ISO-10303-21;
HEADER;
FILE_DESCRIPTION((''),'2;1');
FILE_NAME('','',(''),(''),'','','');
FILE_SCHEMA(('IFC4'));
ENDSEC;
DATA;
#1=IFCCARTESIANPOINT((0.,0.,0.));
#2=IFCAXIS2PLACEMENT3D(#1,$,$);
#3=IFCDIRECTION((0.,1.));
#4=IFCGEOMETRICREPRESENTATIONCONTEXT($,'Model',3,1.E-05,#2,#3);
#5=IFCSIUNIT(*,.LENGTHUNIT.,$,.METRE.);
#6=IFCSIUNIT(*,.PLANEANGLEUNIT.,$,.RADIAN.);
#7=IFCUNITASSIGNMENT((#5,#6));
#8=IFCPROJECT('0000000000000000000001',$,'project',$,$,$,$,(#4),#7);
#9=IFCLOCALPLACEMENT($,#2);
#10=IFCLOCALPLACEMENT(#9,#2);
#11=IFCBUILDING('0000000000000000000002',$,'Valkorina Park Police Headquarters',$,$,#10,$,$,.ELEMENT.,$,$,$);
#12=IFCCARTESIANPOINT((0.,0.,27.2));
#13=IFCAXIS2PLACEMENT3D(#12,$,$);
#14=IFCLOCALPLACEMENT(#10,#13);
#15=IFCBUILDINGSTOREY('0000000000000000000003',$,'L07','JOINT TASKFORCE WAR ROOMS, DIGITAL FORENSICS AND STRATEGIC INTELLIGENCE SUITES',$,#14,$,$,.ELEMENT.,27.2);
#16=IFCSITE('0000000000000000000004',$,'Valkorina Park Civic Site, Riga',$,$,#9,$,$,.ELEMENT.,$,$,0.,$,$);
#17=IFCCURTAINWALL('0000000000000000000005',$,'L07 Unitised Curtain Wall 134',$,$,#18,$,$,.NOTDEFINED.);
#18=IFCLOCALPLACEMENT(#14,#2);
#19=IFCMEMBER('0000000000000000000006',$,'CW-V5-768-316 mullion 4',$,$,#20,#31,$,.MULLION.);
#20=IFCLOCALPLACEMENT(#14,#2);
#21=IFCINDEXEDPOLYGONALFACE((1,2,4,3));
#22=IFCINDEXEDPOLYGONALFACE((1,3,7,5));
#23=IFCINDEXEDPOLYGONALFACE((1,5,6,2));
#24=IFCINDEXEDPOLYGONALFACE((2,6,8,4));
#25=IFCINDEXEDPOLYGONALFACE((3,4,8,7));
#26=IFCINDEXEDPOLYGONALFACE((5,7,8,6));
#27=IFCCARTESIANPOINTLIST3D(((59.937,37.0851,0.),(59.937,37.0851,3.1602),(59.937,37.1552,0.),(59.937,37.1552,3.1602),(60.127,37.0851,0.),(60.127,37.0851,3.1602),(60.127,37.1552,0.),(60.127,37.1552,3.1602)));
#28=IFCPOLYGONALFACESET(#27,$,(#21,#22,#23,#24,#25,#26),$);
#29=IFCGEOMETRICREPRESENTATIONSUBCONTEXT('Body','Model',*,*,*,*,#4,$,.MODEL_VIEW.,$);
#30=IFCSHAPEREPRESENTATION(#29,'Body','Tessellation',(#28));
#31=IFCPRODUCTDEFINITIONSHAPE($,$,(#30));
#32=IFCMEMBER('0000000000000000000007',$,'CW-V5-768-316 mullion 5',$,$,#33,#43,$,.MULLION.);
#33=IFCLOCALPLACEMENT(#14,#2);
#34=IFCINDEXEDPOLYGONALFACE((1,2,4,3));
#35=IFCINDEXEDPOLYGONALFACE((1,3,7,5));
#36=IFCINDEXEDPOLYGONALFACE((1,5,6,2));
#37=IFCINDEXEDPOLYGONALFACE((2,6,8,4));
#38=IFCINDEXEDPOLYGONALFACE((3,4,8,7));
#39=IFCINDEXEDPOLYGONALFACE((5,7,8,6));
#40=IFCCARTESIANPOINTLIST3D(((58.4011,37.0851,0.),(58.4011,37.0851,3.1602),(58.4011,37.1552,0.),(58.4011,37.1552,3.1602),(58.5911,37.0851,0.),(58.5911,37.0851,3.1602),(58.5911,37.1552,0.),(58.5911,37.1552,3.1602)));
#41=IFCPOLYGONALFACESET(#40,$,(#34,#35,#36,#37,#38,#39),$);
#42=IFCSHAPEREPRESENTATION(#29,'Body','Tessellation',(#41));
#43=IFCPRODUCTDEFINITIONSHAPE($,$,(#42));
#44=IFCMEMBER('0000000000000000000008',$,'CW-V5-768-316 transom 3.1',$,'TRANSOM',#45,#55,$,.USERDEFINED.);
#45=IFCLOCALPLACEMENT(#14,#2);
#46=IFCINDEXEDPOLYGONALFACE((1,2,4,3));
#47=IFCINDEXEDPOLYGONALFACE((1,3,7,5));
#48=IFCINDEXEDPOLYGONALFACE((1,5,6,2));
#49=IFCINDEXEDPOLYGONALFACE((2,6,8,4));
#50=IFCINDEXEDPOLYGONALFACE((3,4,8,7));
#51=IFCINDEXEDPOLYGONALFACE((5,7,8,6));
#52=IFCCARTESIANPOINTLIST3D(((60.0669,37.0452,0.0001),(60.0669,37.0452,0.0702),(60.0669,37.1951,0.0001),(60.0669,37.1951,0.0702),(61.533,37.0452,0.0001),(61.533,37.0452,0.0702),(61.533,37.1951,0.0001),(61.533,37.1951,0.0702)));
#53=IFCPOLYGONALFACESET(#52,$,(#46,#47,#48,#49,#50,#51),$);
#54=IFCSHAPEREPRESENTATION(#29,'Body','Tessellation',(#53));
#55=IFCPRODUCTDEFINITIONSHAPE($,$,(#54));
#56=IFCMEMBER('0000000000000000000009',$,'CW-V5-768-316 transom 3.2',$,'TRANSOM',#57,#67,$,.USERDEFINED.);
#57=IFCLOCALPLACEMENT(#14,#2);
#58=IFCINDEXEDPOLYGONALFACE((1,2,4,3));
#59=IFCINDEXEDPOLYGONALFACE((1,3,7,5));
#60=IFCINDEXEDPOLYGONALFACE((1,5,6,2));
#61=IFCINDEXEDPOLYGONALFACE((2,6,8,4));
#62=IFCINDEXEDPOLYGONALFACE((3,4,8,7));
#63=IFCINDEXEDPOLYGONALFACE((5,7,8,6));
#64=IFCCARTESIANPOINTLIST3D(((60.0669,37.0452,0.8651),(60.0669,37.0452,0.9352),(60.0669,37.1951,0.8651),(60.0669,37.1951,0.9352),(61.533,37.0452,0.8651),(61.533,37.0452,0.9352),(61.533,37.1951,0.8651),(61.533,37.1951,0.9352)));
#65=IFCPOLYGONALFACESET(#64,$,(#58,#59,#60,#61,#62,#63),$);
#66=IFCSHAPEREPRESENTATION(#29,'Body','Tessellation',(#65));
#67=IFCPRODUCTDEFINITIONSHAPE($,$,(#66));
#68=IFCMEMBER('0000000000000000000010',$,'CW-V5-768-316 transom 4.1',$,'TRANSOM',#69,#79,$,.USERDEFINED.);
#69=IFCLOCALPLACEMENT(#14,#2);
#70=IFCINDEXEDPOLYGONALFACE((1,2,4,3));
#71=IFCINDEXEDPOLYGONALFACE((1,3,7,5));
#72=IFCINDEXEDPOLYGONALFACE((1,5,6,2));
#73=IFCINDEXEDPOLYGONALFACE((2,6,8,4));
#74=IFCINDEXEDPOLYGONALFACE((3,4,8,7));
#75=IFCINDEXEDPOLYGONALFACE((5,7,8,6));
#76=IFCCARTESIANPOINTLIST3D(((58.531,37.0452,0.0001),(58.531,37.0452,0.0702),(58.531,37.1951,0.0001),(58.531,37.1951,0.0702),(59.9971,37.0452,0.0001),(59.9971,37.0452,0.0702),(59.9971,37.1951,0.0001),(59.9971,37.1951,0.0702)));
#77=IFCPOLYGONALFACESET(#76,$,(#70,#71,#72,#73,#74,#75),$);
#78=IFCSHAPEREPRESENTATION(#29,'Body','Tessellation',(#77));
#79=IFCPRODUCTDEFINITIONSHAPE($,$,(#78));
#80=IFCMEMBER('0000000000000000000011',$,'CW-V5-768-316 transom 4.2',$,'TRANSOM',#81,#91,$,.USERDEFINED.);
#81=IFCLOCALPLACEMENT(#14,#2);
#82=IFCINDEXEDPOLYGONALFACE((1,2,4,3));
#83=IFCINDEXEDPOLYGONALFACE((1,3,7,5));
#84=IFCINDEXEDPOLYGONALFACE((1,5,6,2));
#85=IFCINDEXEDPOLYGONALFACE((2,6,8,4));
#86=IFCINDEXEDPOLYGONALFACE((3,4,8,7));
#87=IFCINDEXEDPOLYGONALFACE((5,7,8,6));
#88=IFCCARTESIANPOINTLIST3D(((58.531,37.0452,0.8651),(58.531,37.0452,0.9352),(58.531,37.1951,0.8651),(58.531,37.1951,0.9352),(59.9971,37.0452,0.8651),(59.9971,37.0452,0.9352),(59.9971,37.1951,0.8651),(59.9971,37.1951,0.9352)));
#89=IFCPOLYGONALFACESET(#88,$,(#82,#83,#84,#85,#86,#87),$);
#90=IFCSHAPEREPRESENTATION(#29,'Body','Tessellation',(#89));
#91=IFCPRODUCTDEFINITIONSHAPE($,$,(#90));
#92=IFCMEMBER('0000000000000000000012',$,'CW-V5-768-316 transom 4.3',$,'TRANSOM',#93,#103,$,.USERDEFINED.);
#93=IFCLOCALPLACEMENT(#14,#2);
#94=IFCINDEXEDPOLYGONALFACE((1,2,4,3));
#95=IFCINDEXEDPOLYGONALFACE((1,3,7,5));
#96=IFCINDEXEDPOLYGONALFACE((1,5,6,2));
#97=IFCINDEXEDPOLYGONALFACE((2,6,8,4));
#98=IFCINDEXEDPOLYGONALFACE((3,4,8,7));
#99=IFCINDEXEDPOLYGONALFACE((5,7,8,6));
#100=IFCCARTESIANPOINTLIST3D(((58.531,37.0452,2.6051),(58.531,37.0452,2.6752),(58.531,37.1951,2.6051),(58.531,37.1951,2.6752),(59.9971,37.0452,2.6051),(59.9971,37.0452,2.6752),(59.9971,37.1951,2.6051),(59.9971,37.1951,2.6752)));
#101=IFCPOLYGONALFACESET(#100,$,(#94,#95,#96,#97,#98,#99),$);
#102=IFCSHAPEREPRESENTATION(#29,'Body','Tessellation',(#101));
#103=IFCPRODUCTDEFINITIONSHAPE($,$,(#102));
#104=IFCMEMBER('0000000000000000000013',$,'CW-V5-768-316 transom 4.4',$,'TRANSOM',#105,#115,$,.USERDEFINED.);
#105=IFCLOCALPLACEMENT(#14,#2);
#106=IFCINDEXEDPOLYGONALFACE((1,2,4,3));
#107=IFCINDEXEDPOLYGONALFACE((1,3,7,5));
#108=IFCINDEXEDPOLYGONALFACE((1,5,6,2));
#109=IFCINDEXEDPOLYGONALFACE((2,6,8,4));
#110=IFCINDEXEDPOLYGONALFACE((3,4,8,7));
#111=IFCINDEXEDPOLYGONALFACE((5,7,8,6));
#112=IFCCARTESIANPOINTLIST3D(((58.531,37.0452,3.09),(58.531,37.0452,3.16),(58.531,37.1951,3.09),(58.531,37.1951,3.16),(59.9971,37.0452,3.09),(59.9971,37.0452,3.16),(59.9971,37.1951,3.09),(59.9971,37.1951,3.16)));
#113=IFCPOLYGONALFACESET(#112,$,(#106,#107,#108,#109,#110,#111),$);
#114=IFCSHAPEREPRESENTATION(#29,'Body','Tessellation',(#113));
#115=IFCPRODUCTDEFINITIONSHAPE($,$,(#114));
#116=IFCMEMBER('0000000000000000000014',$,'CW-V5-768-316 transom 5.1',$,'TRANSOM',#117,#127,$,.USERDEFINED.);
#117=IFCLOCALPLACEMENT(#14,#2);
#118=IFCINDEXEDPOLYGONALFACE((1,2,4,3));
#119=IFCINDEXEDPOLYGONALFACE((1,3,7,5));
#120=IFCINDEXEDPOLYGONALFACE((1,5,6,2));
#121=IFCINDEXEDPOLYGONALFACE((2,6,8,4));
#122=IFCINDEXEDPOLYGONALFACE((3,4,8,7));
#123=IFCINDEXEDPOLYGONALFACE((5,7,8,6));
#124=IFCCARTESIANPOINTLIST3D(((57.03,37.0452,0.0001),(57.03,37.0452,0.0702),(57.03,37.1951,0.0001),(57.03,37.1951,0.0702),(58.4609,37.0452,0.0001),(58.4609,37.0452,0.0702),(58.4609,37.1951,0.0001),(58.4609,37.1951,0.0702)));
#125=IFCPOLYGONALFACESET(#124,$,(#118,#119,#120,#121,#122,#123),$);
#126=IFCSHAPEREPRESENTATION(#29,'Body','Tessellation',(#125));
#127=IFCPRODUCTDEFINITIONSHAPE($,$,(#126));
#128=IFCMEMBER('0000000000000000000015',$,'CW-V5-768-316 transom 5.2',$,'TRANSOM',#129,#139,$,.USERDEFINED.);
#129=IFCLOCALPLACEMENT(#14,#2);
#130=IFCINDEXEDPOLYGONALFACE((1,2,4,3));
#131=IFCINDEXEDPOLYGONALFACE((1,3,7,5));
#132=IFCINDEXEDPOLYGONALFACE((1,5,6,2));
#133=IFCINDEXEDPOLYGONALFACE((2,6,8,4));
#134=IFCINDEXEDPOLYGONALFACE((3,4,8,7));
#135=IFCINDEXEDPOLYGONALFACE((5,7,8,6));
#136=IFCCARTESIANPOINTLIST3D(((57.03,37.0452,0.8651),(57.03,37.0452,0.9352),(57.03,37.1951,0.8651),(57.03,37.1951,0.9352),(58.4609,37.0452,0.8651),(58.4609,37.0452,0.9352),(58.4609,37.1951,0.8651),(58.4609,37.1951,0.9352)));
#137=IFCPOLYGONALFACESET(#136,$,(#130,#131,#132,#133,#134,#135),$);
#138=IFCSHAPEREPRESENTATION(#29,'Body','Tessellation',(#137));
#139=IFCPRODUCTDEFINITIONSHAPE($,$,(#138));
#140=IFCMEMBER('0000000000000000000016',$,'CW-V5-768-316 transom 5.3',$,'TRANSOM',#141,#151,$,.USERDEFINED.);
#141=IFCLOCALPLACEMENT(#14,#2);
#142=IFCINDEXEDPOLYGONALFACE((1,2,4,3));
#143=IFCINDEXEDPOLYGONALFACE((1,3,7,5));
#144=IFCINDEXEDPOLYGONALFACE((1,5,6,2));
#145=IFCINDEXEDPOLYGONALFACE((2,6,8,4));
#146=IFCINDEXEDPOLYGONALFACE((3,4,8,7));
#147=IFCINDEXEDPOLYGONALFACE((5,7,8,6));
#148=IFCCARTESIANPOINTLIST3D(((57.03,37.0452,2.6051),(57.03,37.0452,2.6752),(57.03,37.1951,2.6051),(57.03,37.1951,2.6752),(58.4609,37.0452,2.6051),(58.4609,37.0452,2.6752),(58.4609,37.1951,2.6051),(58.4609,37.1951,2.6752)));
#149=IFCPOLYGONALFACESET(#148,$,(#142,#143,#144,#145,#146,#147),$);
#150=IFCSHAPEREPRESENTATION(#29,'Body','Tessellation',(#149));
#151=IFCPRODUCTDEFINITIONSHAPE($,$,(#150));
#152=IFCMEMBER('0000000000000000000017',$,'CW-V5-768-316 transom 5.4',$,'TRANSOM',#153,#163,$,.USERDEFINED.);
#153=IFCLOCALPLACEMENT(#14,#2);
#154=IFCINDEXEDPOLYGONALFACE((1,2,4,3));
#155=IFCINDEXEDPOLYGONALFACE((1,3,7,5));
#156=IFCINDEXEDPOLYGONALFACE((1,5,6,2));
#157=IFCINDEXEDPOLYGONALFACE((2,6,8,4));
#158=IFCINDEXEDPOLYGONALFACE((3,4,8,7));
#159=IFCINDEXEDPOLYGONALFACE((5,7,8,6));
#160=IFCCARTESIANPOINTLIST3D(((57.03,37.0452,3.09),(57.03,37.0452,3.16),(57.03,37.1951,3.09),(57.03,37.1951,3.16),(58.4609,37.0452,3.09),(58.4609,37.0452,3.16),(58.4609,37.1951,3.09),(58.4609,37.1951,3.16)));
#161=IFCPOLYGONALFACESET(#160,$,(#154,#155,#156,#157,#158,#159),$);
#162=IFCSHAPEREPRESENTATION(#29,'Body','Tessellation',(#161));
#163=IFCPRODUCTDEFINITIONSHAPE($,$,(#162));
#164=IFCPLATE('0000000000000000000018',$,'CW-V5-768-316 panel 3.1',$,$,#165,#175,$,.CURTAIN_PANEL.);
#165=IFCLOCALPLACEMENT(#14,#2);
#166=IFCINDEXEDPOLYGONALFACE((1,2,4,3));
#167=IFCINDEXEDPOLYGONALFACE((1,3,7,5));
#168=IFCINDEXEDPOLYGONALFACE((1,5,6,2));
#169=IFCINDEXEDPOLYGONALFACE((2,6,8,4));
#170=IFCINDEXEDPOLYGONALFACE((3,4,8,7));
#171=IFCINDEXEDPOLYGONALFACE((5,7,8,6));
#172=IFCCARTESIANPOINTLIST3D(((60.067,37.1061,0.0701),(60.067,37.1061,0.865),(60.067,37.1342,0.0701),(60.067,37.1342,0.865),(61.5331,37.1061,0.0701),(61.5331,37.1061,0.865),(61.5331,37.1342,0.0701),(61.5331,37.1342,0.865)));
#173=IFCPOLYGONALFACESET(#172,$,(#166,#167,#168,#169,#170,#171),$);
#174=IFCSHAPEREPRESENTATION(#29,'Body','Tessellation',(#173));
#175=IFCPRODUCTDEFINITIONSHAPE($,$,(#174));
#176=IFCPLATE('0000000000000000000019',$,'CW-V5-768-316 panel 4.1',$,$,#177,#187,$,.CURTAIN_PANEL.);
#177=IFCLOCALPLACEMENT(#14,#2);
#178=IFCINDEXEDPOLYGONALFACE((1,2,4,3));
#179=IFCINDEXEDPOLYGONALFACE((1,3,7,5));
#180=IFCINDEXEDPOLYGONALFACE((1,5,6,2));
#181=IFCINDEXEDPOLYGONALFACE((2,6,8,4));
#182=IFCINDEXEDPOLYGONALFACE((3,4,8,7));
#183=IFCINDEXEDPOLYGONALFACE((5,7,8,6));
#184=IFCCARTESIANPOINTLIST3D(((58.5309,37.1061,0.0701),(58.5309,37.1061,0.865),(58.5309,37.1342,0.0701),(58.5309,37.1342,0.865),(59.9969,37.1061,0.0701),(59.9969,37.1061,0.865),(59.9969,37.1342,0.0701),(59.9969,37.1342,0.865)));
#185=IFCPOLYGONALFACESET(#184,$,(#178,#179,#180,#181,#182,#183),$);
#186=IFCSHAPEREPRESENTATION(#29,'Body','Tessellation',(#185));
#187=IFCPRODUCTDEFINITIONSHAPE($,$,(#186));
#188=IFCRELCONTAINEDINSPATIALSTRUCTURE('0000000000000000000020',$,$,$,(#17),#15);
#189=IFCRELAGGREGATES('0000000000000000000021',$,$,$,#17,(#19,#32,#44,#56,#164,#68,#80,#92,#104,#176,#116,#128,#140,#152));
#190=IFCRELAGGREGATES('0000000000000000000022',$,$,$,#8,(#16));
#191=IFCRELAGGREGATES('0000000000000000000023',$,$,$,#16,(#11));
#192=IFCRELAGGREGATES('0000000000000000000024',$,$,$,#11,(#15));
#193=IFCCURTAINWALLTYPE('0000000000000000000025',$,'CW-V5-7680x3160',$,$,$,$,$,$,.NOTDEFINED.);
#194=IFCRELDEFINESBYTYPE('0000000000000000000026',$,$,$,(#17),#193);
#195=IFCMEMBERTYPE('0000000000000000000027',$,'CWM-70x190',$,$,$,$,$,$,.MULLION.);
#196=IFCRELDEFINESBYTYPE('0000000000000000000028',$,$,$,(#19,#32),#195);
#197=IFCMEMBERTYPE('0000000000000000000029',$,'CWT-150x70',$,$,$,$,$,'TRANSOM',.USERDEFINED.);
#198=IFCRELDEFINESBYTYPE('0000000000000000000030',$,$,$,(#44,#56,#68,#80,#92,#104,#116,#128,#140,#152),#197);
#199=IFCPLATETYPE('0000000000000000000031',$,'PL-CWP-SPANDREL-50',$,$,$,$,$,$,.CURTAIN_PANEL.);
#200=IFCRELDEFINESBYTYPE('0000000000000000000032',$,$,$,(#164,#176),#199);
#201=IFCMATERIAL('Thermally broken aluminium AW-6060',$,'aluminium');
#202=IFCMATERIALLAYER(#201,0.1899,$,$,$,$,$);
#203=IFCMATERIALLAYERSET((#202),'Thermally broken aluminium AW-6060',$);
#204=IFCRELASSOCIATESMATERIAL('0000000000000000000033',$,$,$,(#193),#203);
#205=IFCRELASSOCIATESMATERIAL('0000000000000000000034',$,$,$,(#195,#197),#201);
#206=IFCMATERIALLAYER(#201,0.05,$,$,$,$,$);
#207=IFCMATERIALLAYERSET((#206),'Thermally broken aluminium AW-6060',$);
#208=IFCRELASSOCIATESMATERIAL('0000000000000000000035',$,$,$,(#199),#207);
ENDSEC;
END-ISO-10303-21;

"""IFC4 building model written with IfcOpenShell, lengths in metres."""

from ifc_helpers import new_model, si_unit, direction, frame, origin, origin_2d, place, context, subcontext, project, spatial, rectangle, extrude, material, layer, layer_set, material_profile, profile_set, type_object, element, aggregate, save


model = new_model("IFC4")

# Units and contexts
model_context = context("Model", 3, precision=1e-05, world=origin(), true_north=direction((0.0, 1.0)))
body_context = subcontext(model_context, "Body", "Model", "MODEL_VIEW")
ifc_project = project(units=[si_unit("LENGTHUNIT", "METRE"), si_unit("PLANEANGLEUNIT", "RADIAN")], contexts=[model_context])

# Site, building, storey
site_placement = place(None, origin())
site = spatial("IfcSite", under=ifc_project, at=site_placement, Name="Valkorina Park Civic Site, Riga", CompositionType="ELEMENT", RefElevation=0.0)
building_placement = place(site_placement, origin())
building = spatial("IfcBuilding", under=site, at=building_placement, Name="Valkorina Park Police Headquarters", CompositionType="ELEMENT")
storey_placement = place(building_placement, frame((0.0, 0.0, 27.2)))
storey = spatial("IfcBuildingStorey", under=building, at=storey_placement, Name="L07", Description="JOINT TASKFORCE WAR ROOMS, DIGITAL FORENSICS AND STRATEGIC INTELLIGENCE SUITES", CompositionType="ELEMENT", Elevation=27.2)

# Curtain wall, members, plates
ifc_material_1 = material(Name="Thermally broken aluminium AW-6060", Category="aluminium")
ifc_layer_1 = layer(ifc_material_1, 0.1899)
ifc_layer_set_1 = layer_set([ifc_layer_1], Name="Thermally broken aluminium AW-6060")
curtain_wall_type = type_object("IfcCurtainWallType", Name="CW-V5-7680x3160", PredefinedType="NOTDEFINED", material=ifc_layer_set_1)
curtain_wall_placement = place(storey_placement, origin())
curtain_wall = element("IfcCurtainWall", 1, at=curtain_wall_placement, inside=storey, type_object=curtain_wall_type, Name="L07 Unitised Curtain Wall 134", PredefinedType="NOTDEFINED")
ifc_material_profile_1 = material_profile(ifc_material_1, rectangle(XDim=0.0701, YDim=0.1899, at=origin_2d()), Name="CWM-02 70x190")
ifc_profile_set_1 = profile_set([ifc_material_profile_1], Name="Thermally broken aluminium AW-6060")
member_type_1 = type_object("IfcMemberType", Name="CWM-70x190", PredefinedType="MULLION", material=ifc_profile_set_1)
member_1_placement = place(storey_placement, frame((60.032, 37.1201, 0.0), z_axis=(0.0, 0.0, 1.0), x_axis=(0.0, -1.0, 0.0)))
member_1 = element("IfcMember", 2, at=member_1_placement, type_object=member_type_1, Name="CW-V5-768-316 mullion 4", PredefinedType="MULLION", context=body_context, shape_type="SweptSolid", body=[
    extrude(rectangle(XDim=0.0701, YDim=0.1899, at=origin_2d()), origin(), (0.0, 0.0, 1.0), 3.1602),
])
member_2_placement = place(storey_placement, frame((58.4961, 37.1201, 0.0), z_axis=(0.0, 0.0, 1.0), x_axis=(0.0, -1.0, 0.0)))
member_2 = element("IfcMember", 3, at=member_2_placement, type_object=member_type_1, Name="CW-V5-768-316 mullion 5", PredefinedType="MULLION", context=body_context, shape_type="SweptSolid", body=[
    extrude(rectangle(XDim=0.0701, YDim=0.1899, at=origin_2d()), origin(), (0.0, 0.0, 1.0), 3.1602),
])
ifc_material_profile_2 = material_profile(ifc_material_1, rectangle(XDim=0.1499, YDim=0.0701, at=origin_2d()), Name="CWT-02 150x70")
ifc_profile_set_2 = profile_set([ifc_material_profile_2], Name="Thermally broken aluminium AW-6060")
member_type_2 = type_object("IfcMemberType", Name="CWT-150x70", ElementType="TRANSOM", PredefinedType="USERDEFINED", material=ifc_profile_set_2)
member_3_placement = place(storey_placement, frame((61.533, 37.1201, 0.0352), z_axis=(-1.0, 0.0, 0.0), x_axis=(0.0, -1.0, 0.0)))
member_3 = element("IfcMember", 4, at=member_3_placement, type_object=member_type_2, Name="CW-V5-768-316 transom 3.1", ObjectType="TRANSOM", PredefinedType="USERDEFINED", context=body_context, shape_type="SweptSolid", body=[
    extrude(rectangle(XDim=0.1499, YDim=0.0701, at=origin_2d()), origin(), (0.0, 0.0, 1.0), 1.4661),
])
member_4_placement = place(storey_placement, frame((61.533, 37.1201, 0.9001), z_axis=(-1.0, 0.0, 0.0), x_axis=(0.0, -1.0, 0.0)))
member_4 = element("IfcMember", 5, at=member_4_placement, type_object=member_type_2, Name="CW-V5-768-316 transom 3.2", ObjectType="TRANSOM", PredefinedType="USERDEFINED", context=body_context, shape_type="SweptSolid", body=[
    extrude(rectangle(XDim=0.1499, YDim=0.0701, at=origin_2d()), origin(), (0.0, 0.0, 1.0), 1.4661),
])
member_5_placement = place(storey_placement, frame((59.9971, 37.1201, 0.0352), z_axis=(-1.0, 0.0, 0.0), x_axis=(0.0, -1.0, 0.0)))
member_5 = element("IfcMember", 6, at=member_5_placement, type_object=member_type_2, Name="CW-V5-768-316 transom 4.1", ObjectType="TRANSOM", PredefinedType="USERDEFINED", context=body_context, shape_type="SweptSolid", body=[
    extrude(rectangle(XDim=0.1499, YDim=0.0701, at=origin_2d()), origin(), (0.0, 0.0, 1.0), 1.4661),
])
member_6_placement = place(storey_placement, frame((59.9971, 37.1201, 0.9001), z_axis=(-1.0, 0.0, 0.0), x_axis=(0.0, -1.0, 0.0)))
member_6 = element("IfcMember", 7, at=member_6_placement, type_object=member_type_2, Name="CW-V5-768-316 transom 4.2", ObjectType="TRANSOM", PredefinedType="USERDEFINED", context=body_context, shape_type="SweptSolid", body=[
    extrude(rectangle(XDim=0.1499, YDim=0.0701, at=origin_2d()), origin(), (0.0, 0.0, 1.0), 1.4661),
])
member_7_placement = place(storey_placement, frame((59.9971, 37.1201, 2.6401), z_axis=(-1.0, 0.0, 0.0), x_axis=(0.0, -1.0, 0.0)))
member_7 = element("IfcMember", 8, at=member_7_placement, type_object=member_type_2, Name="CW-V5-768-316 transom 4.3", ObjectType="TRANSOM", PredefinedType="USERDEFINED", context=body_context, shape_type="SweptSolid", body=[
    extrude(rectangle(XDim=0.1499, YDim=0.0701, at=origin_2d()), origin(), (0.0, 0.0, 1.0), 1.4661),
])
member_8_placement = place(storey_placement, frame((59.9971, 37.1201, 3.125), z_axis=(-1.0, 0.0, 0.0), x_axis=(0.0, -1.0, 0.0)))
member_8 = element("IfcMember", 9, at=member_8_placement, type_object=member_type_2, Name="CW-V5-768-316 transom 4.4", ObjectType="TRANSOM", PredefinedType="USERDEFINED", context=body_context, shape_type="SweptSolid", body=[
    extrude(rectangle(XDim=0.1499, YDim=0.0701, at=origin_2d()), origin(), (0.0, 0.0, 1.0), 1.4661),
])
member_9_placement = place(storey_placement, frame((58.4609, 37.1201, 0.0352), z_axis=(-1.0, 0.0, 0.0), x_axis=(0.0, -1.0, 0.0)))
member_9 = element("IfcMember", 10, at=member_9_placement, type_object=member_type_2, Name="CW-V5-768-316 transom 5.1", ObjectType="TRANSOM", PredefinedType="USERDEFINED", context=body_context, shape_type="SweptSolid", body=[
    extrude(rectangle(XDim=0.1499, YDim=0.0701, at=origin_2d()), origin(), (0.0, 0.0, 1.0), 1.4309),
])
member_10_placement = place(storey_placement, frame((58.4609, 37.1201, 0.9001), z_axis=(-1.0, 0.0, 0.0), x_axis=(0.0, -1.0, 0.0)))
member_10 = element("IfcMember", 11, at=member_10_placement, type_object=member_type_2, Name="CW-V5-768-316 transom 5.2", ObjectType="TRANSOM", PredefinedType="USERDEFINED", context=body_context, shape_type="SweptSolid", body=[
    extrude(rectangle(XDim=0.1499, YDim=0.0701, at=origin_2d()), origin(), (0.0, 0.0, 1.0), 1.4309),
])
member_11_placement = place(storey_placement, frame((58.4609, 37.1201, 2.6401), z_axis=(-1.0, 0.0, 0.0), x_axis=(0.0, -1.0, 0.0)))
member_11 = element("IfcMember", 12, at=member_11_placement, type_object=member_type_2, Name="CW-V5-768-316 transom 5.3", ObjectType="TRANSOM", PredefinedType="USERDEFINED", context=body_context, shape_type="SweptSolid", body=[
    extrude(rectangle(XDim=0.1499, YDim=0.0701, at=origin_2d()), origin(), (0.0, 0.0, 1.0), 1.4309),
])
member_12_placement = place(storey_placement, frame((58.4609, 37.1201, 3.125), z_axis=(-1.0, 0.0, 0.0), x_axis=(0.0, -1.0, 0.0)))
member_12 = element("IfcMember", 13, at=member_12_placement, type_object=member_type_2, Name="CW-V5-768-316 transom 5.4", ObjectType="TRANSOM", PredefinedType="USERDEFINED", context=body_context, shape_type="SweptSolid", body=[
    extrude(rectangle(XDim=0.1499, YDim=0.0701, at=origin_2d()), origin(), (0.0, 0.0, 1.0), 1.4309),
])
ifc_layer_2 = layer(ifc_material_1, 0.05)
ifc_layer_set_2 = layer_set([ifc_layer_2], Name="Thermally broken aluminium AW-6060")
plate_type_1 = type_object("IfcPlateType", Name="PL-CWP-SPANDREL-50", PredefinedType="CURTAIN_PANEL", material=ifc_layer_set_2)
plate_1_placement = place(storey_placement, frame((60.8, 37.1201, 0.0701), z_axis=(0.0, 0.0, 1.0), x_axis=(-1.0, 0.0, 0.0)))
plate_1 = element("IfcPlate", 14, at=plate_1_placement, type_object=plate_type_1, Name="CW-V5-768-316 panel 3.1", PredefinedType="CURTAIN_PANEL", context=body_context, shape_type="SweptSolid", body=[
    extrude(rectangle(XDim=1.4661, YDim=0.0281, at=origin_2d()), origin(), (0.0, 0.0, 1.0), 0.7949),
])
plate_2_placement = place(storey_placement, frame((59.2639, 37.1201, 0.0701), z_axis=(0.0, 0.0, 1.0), x_axis=(-1.0, 0.0, 0.0)))
plate_2 = element("IfcPlate", 15, at=plate_2_placement, type_object=plate_type_1, Name="CW-V5-768-316 panel 4.1", PredefinedType="CURTAIN_PANEL", context=body_context, shape_type="SweptSolid", body=[
    extrude(rectangle(XDim=1.4661, YDim=0.0281, at=origin_2d()), origin(), (0.0, 0.0, 1.0), 0.7949),
])
aggregate(curtain_wall, [member_1, member_2, member_3, member_4, plate_1, member_5, member_6, member_7, member_8, plate_2, member_9, member_10, member_11, member_12])

save(model, "model.ifc")
